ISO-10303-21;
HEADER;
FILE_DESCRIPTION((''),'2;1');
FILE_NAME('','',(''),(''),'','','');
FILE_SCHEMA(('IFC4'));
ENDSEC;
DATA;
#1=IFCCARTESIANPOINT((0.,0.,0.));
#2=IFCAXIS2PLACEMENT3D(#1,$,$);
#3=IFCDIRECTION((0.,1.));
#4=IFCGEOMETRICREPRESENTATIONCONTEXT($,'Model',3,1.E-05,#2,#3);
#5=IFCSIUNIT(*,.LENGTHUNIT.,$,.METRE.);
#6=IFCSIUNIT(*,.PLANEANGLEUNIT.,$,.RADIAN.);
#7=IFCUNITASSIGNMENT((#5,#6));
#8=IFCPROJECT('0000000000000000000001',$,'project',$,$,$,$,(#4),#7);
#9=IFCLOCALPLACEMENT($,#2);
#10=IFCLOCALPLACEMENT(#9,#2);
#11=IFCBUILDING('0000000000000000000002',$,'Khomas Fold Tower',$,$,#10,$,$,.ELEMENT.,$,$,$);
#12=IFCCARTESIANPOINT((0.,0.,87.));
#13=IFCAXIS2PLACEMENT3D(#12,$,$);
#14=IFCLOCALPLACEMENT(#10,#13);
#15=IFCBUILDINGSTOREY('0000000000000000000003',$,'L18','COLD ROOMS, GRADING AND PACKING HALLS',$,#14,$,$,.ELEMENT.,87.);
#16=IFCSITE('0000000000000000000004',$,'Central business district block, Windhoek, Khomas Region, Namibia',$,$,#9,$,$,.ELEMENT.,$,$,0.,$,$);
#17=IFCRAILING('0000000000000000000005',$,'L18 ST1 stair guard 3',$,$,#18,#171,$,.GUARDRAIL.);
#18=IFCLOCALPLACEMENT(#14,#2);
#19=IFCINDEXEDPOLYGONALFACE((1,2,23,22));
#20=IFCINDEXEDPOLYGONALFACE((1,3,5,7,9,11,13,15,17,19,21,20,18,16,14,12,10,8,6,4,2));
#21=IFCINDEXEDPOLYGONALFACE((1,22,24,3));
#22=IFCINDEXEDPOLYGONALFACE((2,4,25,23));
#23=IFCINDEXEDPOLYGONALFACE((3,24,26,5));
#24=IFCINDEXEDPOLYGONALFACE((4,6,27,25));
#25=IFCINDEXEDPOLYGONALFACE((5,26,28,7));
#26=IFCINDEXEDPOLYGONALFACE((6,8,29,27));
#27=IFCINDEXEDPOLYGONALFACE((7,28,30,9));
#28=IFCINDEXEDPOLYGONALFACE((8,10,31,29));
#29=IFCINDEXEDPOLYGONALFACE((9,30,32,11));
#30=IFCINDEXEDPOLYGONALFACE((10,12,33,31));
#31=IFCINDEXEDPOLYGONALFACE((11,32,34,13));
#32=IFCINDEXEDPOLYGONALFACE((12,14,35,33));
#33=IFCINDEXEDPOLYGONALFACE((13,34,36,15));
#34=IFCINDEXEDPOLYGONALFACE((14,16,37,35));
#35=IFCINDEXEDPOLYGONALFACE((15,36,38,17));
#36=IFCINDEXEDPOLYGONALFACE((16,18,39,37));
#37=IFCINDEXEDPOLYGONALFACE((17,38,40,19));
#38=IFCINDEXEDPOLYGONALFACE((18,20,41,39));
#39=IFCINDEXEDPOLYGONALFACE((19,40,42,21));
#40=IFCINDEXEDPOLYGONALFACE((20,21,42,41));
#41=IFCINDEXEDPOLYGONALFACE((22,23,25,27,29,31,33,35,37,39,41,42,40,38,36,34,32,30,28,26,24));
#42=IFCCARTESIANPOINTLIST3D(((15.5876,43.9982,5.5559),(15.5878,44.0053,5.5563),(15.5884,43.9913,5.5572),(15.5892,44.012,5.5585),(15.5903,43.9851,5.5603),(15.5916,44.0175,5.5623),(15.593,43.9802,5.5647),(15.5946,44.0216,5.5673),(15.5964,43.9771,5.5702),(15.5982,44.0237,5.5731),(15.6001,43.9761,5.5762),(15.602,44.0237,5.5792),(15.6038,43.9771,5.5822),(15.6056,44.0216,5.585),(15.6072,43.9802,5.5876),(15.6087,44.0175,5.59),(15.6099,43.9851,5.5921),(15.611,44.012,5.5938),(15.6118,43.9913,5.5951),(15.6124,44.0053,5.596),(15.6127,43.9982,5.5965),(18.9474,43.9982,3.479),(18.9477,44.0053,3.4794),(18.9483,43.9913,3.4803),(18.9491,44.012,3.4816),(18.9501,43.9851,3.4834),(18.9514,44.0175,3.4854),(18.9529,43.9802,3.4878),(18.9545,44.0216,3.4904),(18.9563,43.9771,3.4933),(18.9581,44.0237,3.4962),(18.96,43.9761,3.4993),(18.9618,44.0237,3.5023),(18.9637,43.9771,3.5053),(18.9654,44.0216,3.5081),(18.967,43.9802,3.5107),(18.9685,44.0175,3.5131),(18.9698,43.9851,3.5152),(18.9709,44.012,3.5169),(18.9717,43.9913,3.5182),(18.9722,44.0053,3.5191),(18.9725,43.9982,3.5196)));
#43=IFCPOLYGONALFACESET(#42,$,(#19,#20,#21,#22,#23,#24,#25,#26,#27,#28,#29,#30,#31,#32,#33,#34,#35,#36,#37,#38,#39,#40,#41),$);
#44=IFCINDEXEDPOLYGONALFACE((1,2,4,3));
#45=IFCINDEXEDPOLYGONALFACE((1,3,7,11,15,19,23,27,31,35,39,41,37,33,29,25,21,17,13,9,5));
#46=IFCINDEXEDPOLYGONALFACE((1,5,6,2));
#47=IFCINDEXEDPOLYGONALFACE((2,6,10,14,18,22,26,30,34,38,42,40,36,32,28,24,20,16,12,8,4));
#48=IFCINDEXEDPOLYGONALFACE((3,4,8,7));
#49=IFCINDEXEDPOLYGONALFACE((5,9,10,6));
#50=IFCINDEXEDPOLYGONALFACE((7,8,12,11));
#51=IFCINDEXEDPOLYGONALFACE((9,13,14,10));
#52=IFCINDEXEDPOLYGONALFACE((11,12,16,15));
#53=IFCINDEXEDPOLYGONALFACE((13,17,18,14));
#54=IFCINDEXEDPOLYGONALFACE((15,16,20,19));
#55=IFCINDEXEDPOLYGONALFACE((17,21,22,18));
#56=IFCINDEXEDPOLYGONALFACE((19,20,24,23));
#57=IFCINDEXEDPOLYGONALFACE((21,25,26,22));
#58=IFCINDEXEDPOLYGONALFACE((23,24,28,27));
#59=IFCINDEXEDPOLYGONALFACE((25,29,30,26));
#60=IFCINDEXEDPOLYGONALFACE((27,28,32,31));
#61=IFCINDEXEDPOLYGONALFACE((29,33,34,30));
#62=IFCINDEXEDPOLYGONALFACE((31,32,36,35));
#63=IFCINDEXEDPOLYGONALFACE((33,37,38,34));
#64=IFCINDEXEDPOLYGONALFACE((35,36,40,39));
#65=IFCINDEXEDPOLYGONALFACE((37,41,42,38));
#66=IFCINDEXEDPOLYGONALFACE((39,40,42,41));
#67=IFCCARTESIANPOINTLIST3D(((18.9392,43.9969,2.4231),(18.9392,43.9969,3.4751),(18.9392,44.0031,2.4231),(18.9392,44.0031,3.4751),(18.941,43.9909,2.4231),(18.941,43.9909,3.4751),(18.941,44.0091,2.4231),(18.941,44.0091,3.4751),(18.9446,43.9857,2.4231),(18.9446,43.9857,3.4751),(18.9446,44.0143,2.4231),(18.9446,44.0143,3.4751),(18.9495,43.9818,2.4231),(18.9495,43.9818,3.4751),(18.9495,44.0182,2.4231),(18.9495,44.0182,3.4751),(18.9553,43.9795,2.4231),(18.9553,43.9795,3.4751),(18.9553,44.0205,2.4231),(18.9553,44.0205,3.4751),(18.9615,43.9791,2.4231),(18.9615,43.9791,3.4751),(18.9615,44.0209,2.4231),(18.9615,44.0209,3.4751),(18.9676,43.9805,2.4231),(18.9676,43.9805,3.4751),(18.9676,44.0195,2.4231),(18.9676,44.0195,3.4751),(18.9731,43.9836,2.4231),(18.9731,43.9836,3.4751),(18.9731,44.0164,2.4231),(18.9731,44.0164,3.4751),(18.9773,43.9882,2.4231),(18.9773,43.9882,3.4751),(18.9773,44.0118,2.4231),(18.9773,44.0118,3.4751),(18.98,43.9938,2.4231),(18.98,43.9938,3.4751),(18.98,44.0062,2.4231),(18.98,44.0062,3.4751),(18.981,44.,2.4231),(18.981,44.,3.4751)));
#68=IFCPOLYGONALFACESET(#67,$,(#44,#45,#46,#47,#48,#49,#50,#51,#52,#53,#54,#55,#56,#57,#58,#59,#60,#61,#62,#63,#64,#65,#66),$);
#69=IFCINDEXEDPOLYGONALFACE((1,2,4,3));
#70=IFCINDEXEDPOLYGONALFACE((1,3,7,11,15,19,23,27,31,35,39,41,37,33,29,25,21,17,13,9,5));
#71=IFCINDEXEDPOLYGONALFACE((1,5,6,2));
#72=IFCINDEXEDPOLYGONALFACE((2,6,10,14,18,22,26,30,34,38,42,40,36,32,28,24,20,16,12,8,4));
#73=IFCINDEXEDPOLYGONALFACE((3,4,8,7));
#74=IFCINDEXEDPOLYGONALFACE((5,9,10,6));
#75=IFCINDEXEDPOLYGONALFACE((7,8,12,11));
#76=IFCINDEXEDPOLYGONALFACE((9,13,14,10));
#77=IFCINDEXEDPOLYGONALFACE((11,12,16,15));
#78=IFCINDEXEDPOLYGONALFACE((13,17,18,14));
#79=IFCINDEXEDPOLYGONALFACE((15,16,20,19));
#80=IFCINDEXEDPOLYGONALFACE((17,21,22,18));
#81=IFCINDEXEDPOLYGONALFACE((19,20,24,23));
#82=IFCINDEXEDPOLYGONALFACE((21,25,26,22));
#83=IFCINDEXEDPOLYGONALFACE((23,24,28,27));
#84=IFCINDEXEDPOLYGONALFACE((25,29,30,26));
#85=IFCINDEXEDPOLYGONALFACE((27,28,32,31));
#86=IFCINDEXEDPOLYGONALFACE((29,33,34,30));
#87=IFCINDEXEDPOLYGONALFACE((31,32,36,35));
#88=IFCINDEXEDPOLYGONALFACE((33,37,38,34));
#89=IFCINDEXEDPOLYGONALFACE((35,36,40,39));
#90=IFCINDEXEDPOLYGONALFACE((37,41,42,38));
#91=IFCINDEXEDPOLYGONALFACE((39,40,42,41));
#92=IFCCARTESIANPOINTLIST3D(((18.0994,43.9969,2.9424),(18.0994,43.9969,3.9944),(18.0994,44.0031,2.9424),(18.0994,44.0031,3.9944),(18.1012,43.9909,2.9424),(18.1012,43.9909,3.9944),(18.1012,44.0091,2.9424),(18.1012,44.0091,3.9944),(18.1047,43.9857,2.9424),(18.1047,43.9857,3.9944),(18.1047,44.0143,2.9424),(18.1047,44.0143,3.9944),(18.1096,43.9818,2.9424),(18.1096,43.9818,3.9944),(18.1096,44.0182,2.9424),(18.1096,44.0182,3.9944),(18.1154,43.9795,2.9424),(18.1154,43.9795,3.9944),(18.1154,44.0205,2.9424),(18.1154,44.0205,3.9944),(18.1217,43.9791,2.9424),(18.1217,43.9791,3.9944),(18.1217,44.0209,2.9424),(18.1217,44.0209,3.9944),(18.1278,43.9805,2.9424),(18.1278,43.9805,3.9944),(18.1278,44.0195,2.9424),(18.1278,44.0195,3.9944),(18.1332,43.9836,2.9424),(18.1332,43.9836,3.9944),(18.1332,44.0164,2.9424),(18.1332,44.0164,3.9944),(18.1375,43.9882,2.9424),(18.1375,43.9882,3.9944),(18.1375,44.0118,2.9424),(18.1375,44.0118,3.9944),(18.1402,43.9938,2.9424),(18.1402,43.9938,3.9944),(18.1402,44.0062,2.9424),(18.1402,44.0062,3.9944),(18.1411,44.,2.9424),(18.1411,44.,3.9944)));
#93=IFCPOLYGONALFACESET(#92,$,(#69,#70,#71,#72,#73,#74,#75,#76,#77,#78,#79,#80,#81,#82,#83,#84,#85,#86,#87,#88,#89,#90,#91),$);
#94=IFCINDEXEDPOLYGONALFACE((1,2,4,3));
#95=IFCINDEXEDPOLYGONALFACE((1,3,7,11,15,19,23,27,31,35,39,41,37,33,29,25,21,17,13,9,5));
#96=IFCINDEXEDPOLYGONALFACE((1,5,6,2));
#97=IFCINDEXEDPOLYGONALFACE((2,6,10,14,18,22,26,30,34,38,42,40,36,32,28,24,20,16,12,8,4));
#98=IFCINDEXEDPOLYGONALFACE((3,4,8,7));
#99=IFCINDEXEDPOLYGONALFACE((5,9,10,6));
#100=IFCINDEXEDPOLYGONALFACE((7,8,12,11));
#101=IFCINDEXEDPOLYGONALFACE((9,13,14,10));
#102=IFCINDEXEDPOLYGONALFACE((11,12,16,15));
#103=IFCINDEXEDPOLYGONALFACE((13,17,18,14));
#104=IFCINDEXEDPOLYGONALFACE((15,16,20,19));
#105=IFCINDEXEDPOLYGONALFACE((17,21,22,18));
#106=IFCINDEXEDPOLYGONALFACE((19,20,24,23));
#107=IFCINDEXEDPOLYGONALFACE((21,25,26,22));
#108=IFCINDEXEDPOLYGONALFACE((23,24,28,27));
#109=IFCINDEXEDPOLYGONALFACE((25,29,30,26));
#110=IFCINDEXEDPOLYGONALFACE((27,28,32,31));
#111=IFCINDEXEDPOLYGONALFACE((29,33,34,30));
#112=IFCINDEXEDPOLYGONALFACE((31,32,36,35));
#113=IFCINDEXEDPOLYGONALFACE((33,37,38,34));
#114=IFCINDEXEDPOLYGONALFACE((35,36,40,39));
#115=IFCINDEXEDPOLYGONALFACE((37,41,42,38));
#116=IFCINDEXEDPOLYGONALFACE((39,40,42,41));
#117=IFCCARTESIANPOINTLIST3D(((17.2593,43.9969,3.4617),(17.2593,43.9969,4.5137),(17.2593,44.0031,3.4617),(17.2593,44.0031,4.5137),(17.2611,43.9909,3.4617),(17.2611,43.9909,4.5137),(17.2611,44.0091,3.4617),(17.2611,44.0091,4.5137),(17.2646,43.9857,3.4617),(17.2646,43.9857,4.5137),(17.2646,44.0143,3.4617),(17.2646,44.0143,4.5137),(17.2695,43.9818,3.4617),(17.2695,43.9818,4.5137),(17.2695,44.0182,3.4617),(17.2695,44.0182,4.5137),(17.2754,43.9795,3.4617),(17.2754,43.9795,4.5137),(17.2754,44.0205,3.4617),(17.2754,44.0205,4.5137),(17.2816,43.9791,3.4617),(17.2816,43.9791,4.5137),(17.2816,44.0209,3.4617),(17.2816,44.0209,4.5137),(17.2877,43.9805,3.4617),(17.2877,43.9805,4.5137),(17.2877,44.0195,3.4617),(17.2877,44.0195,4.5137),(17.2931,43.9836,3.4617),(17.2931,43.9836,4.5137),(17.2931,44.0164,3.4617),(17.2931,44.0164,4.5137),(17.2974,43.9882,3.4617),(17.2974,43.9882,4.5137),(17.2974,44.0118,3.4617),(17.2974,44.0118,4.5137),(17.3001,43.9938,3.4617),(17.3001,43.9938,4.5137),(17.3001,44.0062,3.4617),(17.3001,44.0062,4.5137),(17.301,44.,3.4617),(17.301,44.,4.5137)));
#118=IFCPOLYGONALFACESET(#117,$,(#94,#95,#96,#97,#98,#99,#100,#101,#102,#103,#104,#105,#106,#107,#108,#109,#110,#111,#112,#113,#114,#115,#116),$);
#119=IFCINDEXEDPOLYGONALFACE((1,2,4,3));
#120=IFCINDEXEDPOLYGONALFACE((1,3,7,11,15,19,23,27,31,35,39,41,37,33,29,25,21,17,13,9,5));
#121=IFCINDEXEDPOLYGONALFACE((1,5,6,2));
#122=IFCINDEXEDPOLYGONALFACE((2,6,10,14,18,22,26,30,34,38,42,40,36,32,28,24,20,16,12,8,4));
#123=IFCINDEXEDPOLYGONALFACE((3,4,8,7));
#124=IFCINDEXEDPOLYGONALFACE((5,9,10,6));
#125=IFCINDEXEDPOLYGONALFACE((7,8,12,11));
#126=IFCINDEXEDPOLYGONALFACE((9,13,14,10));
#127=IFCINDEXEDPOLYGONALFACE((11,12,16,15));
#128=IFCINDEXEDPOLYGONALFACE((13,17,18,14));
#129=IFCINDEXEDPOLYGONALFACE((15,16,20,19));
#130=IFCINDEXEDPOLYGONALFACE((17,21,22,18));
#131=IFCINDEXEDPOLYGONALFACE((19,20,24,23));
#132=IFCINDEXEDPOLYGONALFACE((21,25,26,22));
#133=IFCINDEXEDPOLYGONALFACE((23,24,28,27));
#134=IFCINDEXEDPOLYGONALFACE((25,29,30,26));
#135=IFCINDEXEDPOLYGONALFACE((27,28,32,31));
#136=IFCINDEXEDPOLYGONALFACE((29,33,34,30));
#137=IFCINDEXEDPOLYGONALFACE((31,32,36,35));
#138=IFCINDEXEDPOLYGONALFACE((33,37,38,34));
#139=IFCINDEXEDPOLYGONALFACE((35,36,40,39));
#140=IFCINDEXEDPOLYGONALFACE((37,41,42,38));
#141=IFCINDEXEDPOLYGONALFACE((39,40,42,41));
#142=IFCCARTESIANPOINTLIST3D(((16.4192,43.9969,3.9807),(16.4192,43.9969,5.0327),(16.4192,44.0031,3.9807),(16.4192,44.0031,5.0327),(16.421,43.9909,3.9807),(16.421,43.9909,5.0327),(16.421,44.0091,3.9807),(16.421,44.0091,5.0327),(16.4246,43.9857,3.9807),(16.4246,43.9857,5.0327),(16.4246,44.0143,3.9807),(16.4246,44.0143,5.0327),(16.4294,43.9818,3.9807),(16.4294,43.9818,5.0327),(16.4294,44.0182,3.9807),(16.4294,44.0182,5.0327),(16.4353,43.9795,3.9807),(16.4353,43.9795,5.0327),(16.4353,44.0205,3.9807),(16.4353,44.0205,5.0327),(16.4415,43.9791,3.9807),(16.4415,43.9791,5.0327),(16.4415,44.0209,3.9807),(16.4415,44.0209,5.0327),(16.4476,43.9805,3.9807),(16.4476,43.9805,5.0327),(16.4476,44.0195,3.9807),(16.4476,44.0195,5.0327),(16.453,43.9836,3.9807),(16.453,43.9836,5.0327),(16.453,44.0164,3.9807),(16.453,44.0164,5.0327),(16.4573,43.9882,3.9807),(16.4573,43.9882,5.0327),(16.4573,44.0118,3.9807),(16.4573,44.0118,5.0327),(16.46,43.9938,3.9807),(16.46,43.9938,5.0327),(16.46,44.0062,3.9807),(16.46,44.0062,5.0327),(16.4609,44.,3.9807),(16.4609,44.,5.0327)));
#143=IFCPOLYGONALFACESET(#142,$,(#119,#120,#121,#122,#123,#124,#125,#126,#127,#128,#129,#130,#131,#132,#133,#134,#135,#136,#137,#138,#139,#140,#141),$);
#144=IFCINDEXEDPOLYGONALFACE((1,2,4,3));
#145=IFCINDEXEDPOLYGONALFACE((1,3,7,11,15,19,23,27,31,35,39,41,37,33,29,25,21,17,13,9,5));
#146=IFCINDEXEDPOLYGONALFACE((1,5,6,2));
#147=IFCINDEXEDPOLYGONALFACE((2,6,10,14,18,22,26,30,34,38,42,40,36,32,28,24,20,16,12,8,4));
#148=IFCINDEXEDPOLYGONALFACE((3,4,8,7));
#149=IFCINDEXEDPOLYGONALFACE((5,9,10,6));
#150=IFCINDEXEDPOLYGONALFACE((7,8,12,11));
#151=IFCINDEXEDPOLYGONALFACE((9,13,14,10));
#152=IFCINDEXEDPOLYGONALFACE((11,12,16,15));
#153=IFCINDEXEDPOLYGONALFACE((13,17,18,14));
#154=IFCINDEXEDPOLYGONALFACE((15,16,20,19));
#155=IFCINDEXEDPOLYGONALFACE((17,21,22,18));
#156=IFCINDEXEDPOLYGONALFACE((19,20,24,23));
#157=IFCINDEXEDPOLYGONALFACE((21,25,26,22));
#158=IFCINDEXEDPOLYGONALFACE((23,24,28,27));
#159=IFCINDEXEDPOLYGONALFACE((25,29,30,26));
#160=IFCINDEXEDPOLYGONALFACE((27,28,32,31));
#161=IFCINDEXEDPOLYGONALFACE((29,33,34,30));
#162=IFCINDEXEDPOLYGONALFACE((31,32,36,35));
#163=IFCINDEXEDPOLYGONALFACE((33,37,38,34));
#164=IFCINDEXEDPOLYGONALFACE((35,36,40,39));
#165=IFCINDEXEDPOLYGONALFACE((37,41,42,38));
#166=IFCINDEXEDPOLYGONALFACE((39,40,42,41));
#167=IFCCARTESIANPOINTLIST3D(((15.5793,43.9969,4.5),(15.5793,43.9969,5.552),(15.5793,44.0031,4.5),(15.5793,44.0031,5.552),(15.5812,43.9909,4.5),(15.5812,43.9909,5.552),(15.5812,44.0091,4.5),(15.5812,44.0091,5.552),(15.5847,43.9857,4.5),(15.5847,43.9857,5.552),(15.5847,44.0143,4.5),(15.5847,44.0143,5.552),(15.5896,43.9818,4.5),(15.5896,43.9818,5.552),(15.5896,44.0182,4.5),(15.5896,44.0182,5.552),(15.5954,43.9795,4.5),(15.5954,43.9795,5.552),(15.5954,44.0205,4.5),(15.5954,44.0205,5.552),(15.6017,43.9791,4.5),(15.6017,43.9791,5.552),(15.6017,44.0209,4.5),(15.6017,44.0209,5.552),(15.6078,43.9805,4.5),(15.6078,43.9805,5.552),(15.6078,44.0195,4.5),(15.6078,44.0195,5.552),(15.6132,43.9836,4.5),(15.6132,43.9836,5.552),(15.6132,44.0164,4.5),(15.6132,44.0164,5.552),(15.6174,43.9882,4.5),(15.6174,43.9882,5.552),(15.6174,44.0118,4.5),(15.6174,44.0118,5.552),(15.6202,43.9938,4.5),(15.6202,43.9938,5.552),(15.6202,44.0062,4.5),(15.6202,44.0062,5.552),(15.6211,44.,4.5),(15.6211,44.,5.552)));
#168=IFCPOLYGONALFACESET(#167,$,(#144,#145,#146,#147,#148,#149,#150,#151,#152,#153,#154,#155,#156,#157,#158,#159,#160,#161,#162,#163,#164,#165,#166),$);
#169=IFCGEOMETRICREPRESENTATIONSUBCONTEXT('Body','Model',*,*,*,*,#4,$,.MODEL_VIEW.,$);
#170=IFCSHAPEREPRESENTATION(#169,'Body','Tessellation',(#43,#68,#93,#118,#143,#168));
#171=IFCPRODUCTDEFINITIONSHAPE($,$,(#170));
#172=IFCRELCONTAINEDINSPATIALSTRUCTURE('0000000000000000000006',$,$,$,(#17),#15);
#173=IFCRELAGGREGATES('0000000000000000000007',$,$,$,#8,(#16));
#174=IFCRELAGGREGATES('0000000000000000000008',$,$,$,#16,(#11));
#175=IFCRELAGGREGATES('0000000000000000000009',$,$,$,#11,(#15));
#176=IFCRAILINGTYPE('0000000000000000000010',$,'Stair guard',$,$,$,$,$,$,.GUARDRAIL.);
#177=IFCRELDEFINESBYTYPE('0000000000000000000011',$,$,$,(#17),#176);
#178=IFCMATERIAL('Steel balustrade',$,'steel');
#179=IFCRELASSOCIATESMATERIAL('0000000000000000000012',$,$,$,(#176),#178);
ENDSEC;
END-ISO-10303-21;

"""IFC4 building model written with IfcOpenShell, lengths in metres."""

from ifc_helpers import new_model, si_unit, direction, frame, origin, origin_2d, place, context, subcontext, project, spatial, circle, extrude, source, transform, mapped, material, type_object, element, save


model = new_model("IFC4")

# Units and contexts
model_context = context("Model", 3, precision=1e-05, world=origin(), true_north=direction((0.0, 1.0)))
body_context = subcontext(model_context, "Body", "Model", "MODEL_VIEW")
ifc_project = project(units=[si_unit("LENGTHUNIT", "METRE"), si_unit("PLANEANGLEUNIT", "RADIAN")], contexts=[model_context])

# Site, building, storey
site_placement = place(None, origin())
site = spatial("IfcSite", under=ifc_project, at=site_placement, Name="Central business district block, Windhoek, Khomas Region, Namibia", CompositionType="ELEMENT", RefElevation=0.0)
building_placement = place(site_placement, origin())
building = spatial("IfcBuilding", under=site, at=building_placement, Name="Khomas Fold Tower", CompositionType="ELEMENT")
storey_placement = place(building_placement, frame((0.0, 0.0, 87.0)))
storey = spatial("IfcBuildingStorey", under=building, at=storey_placement, Name="L18", Description="COLD ROOMS, GRADING AND PACKING HALLS", CompositionType="ELEMENT", Elevation=87.0)

# Railing
ifc_material_1 = material(Name="Steel balustrade", Category="steel")
railing_type_1 = type_object("IfcRailingType", Name="Stair guard", PredefinedType="GUARDRAIL", material=ifc_material_1)
shared_shape_1 = source(origin(), body_context, "Body", "SweptSolid", [
    extrude(circle(Radius=0.0239, at=origin_2d()), frame((0.0, 0.0, 1.0762), z_axis=(-0.850606, 0.0, 0.525803), x_axis=(0.0, -1.0, 0.0)), (0.0, 0.0, 1.0), 3.95),
    extrude(circle(Radius=0.021, at=origin_2d()), origin(), (0.0, 0.0, 1.0), 1.052),
    extrude(circle(Radius=0.021, at=origin_2d()), frame((-0.8398, 0.0, 0.5193)), (0.0, 0.0, 1.0), 1.052),
    extrude(circle(Radius=0.021, at=origin_2d()), frame((-1.6799, 0.0, 1.0386)), (0.0, 0.0, 1.0), 1.052),
    extrude(circle(Radius=0.021, at=origin_2d()), frame((-2.52, 0.0, 1.5576)), (0.0, 0.0, 1.0), 1.052),
    extrude(circle(Radius=0.021, at=origin_2d()), frame((-3.3599, 0.0, 2.0769)), (0.0, 0.0, 1.0), 1.052),
])
railing_1_placement = place(storey_placement, frame((18.96, 44.0, 2.4231)))
element("IfcRailing", 1, at=railing_1_placement, inside=storey, type_object=railing_type_1, Name="L18 ST1 stair guard 3", PredefinedType="GUARDRAIL", context=body_context, shape_type="MappedRepresentation", body=[
    mapped(shared_shape_1, transform((0.0, 0.0, 0.0))),
])

save(model, "model.ifc")
